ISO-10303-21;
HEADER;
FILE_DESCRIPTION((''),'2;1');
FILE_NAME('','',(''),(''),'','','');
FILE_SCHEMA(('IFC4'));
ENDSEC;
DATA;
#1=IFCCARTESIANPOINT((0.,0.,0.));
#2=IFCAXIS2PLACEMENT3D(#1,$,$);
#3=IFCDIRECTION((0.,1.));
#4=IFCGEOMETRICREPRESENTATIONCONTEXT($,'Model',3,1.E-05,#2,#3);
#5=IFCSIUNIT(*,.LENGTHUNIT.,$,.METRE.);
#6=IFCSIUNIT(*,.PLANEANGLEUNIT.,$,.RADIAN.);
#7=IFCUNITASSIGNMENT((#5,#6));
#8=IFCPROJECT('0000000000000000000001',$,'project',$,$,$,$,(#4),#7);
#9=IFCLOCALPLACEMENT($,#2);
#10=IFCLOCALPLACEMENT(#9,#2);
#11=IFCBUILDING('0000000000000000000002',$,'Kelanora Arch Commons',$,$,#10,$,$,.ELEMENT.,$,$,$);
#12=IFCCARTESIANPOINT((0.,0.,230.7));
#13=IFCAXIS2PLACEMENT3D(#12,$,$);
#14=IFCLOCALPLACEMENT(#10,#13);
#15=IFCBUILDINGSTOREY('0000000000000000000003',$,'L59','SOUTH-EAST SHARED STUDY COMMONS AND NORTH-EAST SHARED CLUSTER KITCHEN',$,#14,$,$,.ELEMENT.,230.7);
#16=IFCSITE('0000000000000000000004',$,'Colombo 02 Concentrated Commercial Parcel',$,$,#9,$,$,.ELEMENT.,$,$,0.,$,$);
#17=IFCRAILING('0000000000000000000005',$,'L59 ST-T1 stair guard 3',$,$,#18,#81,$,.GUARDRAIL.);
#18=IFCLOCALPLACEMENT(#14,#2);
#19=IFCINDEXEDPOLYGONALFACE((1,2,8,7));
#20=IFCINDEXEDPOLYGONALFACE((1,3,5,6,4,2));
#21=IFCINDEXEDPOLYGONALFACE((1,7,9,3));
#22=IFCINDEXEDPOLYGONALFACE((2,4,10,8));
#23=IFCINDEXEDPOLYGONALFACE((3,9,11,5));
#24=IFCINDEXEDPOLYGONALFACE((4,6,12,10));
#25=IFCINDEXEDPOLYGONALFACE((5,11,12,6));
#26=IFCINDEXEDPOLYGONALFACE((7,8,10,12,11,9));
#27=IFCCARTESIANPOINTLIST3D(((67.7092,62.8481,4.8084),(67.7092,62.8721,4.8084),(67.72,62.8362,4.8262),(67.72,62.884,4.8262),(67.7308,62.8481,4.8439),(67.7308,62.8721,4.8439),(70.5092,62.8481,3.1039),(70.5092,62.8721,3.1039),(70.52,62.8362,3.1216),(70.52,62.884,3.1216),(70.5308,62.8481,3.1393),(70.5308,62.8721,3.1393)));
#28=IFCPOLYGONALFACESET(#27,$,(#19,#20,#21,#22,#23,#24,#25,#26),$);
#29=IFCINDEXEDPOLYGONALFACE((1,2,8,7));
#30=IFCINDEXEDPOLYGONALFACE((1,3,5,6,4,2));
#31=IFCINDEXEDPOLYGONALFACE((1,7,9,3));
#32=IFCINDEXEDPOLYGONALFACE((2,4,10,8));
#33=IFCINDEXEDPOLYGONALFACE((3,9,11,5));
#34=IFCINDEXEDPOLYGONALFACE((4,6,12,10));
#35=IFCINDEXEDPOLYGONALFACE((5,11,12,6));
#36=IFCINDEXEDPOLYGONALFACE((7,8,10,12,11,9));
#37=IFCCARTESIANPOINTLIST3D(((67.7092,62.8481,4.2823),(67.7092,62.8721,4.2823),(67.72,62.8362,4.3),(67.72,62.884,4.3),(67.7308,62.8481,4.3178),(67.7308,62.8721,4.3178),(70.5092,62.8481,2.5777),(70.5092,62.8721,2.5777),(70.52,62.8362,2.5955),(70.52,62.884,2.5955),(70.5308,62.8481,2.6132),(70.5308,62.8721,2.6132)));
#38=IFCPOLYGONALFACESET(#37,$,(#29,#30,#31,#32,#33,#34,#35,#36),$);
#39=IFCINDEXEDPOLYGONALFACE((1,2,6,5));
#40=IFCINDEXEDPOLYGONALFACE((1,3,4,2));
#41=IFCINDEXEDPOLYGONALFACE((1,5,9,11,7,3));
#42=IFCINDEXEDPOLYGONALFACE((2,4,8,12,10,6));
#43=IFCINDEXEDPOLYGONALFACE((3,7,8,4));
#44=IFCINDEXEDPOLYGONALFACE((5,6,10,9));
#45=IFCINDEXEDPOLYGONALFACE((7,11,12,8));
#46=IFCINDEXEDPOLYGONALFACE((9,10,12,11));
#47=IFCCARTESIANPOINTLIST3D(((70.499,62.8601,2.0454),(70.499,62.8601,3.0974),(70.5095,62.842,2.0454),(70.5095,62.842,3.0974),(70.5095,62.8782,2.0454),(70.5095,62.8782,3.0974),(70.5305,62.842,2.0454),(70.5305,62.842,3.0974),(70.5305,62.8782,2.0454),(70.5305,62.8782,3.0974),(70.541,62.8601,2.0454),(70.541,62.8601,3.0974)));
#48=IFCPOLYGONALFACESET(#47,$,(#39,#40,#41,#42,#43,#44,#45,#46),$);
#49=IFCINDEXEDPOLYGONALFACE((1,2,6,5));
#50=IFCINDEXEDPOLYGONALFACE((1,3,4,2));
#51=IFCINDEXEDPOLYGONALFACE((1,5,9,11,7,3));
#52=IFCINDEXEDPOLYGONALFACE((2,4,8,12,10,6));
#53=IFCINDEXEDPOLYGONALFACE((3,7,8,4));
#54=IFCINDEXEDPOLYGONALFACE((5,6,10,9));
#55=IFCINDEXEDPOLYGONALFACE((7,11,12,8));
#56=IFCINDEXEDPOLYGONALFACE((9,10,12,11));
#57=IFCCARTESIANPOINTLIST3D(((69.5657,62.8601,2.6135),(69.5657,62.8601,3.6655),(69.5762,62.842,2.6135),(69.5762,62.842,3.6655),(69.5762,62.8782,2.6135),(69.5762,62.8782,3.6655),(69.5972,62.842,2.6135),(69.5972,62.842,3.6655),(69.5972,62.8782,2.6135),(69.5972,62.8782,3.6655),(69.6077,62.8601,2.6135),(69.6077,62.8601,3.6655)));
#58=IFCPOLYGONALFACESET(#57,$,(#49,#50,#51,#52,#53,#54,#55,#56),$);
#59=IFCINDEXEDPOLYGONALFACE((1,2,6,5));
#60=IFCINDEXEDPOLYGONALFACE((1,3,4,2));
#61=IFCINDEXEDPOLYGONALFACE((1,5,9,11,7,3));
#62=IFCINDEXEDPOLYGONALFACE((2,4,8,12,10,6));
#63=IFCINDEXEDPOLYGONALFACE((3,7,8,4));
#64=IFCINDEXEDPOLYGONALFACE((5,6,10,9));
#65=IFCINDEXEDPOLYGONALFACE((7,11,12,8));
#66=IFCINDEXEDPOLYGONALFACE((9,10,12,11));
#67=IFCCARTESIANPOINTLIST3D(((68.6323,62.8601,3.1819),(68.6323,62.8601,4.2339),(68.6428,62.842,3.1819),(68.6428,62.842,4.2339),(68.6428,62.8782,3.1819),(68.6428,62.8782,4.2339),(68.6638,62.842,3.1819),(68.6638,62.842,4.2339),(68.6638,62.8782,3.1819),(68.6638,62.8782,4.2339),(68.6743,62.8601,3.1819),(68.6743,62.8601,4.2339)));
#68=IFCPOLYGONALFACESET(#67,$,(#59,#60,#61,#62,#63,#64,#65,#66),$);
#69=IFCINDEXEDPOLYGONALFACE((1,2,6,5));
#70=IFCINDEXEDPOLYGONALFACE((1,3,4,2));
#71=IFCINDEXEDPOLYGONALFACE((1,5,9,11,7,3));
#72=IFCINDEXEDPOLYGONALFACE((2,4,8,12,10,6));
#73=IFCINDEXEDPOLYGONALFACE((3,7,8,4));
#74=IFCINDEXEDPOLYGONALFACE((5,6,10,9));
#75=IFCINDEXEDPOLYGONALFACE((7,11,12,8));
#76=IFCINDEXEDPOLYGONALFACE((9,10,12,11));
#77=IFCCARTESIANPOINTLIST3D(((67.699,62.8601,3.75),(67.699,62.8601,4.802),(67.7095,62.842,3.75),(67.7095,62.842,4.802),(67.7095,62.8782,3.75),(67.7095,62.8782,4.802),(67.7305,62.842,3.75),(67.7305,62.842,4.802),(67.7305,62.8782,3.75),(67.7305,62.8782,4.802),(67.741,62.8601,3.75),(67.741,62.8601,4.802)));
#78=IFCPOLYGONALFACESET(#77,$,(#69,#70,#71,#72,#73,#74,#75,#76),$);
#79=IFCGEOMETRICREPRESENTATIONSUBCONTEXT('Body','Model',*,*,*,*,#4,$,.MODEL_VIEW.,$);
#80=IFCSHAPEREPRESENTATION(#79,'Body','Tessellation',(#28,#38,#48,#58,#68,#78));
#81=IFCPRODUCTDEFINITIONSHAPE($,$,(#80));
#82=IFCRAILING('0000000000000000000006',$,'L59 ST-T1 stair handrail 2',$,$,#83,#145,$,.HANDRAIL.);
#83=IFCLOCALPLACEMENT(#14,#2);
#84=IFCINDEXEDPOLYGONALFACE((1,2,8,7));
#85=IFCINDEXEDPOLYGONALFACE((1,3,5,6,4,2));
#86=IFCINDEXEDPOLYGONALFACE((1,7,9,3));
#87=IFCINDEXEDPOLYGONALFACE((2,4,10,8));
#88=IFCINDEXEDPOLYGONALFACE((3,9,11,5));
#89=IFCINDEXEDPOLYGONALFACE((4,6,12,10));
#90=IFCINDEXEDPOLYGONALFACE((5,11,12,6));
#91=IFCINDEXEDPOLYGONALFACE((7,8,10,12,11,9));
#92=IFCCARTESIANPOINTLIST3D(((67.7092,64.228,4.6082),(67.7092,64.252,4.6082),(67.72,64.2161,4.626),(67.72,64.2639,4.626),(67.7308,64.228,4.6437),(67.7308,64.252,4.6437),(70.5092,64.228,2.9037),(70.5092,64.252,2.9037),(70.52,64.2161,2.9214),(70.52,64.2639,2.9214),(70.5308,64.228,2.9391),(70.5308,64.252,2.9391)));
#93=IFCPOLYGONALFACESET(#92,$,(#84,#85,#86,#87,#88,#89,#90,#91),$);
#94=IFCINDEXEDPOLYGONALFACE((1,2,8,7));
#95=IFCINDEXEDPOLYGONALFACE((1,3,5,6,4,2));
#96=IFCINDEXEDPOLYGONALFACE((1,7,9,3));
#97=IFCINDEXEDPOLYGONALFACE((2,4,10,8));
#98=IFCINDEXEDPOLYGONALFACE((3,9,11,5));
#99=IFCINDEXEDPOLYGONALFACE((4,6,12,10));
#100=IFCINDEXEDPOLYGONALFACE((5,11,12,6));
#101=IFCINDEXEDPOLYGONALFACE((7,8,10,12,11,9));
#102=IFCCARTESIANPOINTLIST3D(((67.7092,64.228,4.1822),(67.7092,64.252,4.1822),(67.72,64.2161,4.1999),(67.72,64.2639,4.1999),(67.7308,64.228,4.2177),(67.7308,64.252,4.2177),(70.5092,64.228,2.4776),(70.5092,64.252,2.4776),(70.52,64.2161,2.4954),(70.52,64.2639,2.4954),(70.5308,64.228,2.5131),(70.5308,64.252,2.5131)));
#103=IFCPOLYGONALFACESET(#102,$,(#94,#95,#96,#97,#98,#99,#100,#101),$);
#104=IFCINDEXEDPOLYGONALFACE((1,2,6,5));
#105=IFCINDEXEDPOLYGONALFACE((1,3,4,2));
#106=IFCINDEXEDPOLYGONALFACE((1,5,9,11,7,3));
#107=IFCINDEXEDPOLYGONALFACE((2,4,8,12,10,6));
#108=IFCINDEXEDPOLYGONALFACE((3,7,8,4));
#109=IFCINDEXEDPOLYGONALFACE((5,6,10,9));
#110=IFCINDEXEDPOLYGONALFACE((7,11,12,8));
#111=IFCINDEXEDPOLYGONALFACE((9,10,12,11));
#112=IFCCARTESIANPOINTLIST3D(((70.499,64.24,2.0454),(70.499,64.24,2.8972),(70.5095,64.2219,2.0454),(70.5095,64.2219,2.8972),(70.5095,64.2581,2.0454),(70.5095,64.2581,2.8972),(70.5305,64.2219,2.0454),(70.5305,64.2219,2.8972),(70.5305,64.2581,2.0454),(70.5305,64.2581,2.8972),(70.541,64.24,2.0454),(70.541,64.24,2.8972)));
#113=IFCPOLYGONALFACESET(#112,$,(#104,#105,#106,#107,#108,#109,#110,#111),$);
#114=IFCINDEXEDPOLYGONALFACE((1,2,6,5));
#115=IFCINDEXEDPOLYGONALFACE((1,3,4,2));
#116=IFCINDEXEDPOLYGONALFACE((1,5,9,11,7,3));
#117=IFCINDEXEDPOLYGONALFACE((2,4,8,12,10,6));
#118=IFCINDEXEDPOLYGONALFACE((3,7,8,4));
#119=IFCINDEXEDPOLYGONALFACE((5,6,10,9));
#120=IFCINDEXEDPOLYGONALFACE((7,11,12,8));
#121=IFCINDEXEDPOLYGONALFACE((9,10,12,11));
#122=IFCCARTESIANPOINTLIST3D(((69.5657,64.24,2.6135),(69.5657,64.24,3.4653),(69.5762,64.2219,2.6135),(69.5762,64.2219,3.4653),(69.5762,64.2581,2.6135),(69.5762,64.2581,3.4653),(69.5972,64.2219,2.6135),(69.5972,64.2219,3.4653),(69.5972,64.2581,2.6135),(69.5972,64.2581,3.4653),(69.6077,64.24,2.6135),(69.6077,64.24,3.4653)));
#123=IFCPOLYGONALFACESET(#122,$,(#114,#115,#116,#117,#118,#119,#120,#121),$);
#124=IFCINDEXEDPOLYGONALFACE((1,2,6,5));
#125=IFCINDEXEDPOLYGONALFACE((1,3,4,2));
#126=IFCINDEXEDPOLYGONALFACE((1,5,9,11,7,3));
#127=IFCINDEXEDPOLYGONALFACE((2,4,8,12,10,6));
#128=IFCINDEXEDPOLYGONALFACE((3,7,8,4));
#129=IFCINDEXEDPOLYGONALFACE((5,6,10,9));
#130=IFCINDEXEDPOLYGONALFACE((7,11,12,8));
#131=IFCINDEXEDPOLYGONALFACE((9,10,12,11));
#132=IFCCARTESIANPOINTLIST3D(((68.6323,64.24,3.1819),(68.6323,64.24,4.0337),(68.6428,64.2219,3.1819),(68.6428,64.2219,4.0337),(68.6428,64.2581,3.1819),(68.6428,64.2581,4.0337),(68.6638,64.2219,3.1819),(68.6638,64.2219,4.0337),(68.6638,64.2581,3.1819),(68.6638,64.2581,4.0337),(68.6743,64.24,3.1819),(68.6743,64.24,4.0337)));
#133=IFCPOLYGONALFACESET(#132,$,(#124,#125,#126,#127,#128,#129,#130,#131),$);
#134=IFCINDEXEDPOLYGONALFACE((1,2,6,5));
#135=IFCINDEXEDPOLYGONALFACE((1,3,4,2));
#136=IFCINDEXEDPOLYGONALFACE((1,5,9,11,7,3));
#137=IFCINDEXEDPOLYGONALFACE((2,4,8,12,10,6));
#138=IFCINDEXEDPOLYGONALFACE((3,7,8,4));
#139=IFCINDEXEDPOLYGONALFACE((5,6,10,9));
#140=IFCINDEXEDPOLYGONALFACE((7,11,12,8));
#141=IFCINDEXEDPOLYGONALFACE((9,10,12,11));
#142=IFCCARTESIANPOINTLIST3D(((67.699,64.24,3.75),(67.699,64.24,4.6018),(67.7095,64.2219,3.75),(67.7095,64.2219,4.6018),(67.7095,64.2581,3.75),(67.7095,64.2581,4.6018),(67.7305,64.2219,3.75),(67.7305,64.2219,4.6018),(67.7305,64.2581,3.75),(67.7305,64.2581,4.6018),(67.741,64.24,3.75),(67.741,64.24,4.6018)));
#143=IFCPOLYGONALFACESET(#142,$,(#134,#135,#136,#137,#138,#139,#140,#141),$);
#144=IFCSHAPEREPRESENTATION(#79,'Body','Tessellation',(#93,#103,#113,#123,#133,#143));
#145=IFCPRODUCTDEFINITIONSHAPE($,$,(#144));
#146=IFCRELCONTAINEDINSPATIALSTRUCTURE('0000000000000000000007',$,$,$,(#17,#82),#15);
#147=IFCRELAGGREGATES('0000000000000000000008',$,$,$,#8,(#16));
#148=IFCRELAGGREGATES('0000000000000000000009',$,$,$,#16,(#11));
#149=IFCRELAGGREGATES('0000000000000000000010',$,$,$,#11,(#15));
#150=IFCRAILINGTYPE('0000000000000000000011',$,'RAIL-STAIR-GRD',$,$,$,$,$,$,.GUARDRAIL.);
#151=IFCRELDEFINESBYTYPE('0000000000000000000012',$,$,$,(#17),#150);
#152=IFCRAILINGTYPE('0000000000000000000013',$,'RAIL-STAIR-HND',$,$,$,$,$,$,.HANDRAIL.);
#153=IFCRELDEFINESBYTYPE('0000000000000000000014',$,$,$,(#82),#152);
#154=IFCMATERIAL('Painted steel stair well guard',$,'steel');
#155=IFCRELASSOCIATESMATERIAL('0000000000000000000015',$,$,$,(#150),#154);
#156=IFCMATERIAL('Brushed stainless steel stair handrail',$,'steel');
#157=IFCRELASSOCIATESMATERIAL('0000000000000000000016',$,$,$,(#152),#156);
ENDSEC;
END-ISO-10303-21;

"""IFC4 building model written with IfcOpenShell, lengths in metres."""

from ifc_helpers import new_model, si_unit, direction, frame, origin, place, context, subcontext, project, spatial, polyline, outline, extrude, material, type_object, element, save


model = new_model("IFC4")

# Units and contexts
model_context = context("Model", 3, precision=1e-05, world=origin(), true_north=direction((0.0, 1.0)))
body_context = subcontext(model_context, "Body", "Model", "MODEL_VIEW")
ifc_project = project(units=[si_unit("LENGTHUNIT", "METRE"), si_unit("PLANEANGLEUNIT", "RADIAN")], contexts=[model_context])

# Site, building, storey
site_placement = place(None, origin())
site = spatial("IfcSite", under=ifc_project, at=site_placement, Name="Colombo 02 Concentrated Commercial Parcel", CompositionType="ELEMENT", RefElevation=0.0)
building_placement = place(site_placement, origin())
building = spatial("IfcBuilding", under=site, at=building_placement, Name="Kelanora Arch Commons", CompositionType="ELEMENT")
storey_placement = place(building_placement, frame((0.0, 0.0, 230.7)))
storey = spatial("IfcBuildingStorey", under=building, at=storey_placement, Name="L59", Description="SOUTH-EAST SHARED STUDY COMMONS AND NORTH-EAST SHARED CLUSTER KITCHEN", CompositionType="ELEMENT", Elevation=230.7)

# Railings
ifc_material_1 = material(Name="Painted steel stair well guard", Category="steel")
railing_type_1 = type_object("IfcRailingType", Name="RAIL-STAIR-GRD", PredefinedType="GUARDRAIL", material=ifc_material_1)
railing_1_placement = place(storey_placement, frame((70.52, 62.8601, 2.0454)))
element("IfcRailing", 1, at=railing_1_placement, inside=storey, type_object=railing_type_1, Name="L59 ST-T1 stair guard 3", PredefinedType="GUARDRAIL", context=body_context, shape_type="SweptSolid", body=[
    extrude(outline(polyline([(0.0239, 0.0), (0.012, 0.0208), (-0.012, 0.0208), (-0.0239, 0.0), (-0.012, -0.0208), (0.012, -0.0208), (0.0239, 0.0)])), frame((0.0, 0.0, 1.0762), z_axis=(-0.85417, 0.0, 0.519994), x_axis=(0.0, -1.0, 0.0)), (0.0, 0.0, 1.0), 3.2781),
    extrude(outline(polyline([(0.0239, 0.0), (0.012, 0.0208), (-0.012, 0.0208), (-0.0239, 0.0), (-0.012, -0.0208), (0.012, -0.0208), (0.0239, 0.0)])), frame((0.0, 0.0, 0.55), z_axis=(-0.85417, 0.0, 0.519994), x_axis=(0.0, -1.0, 0.0)), (0.0, 0.0, 1.0), 3.2781),
    extrude(outline(polyline([(0.021, 0.0), (0.0105, 0.0181), (-0.0105, 0.0181), (-0.021, 0.0), (-0.0105, -0.0181), (0.0105, -0.0181), (0.021, 0.0)])), origin(), (0.0, 0.0, 1.0), 1.052),
    extrude(outline(polyline([(0.021, 0.0), (0.0105, 0.0181), (-0.0105, 0.0181), (-0.021, 0.0), (-0.0105, -0.0181), (0.0105, -0.0181), (0.021, 0.0)])), frame((-0.9333, 0.0, 0.5681)), (0.0, 0.0, 1.0), 1.052),
    extrude(outline(polyline([(0.021, 0.0), (0.0105, 0.0181), (-0.0105, 0.0181), (-0.021, 0.0), (-0.0105, -0.0181), (0.0105, -0.0181), (0.021, 0.0)])), frame((-1.8667, 0.0, 1.1365)), (0.0, 0.0, 1.0), 1.052),
    extrude(outline(polyline([(0.021, 0.0), (0.0105, 0.0181), (-0.0105, 0.0181), (-0.021, 0.0), (-0.0105, -0.0181), (0.0105, -0.0181), (0.021, 0.0)])), frame((-2.8, 0.0, 1.7046)), (0.0, 0.0, 1.0), 1.052),
])
ifc_material_2 = material(Name="Brushed stainless steel stair handrail", Category="steel")
railing_type_2 = type_object("IfcRailingType", Name="RAIL-STAIR-HND", PredefinedType="HANDRAIL", material=ifc_material_2)
railing_2_placement = place(storey_placement, frame((70.52, 64.24, 2.0454)))
element("IfcRailing", 2, at=railing_2_placement, inside=storey, type_object=railing_type_2, Name="L59 ST-T1 stair handrail 2", PredefinedType="HANDRAIL", context=body_context, shape_type="SweptSolid", body=[
    extrude(outline(polyline([(0.0239, 0.0), (0.012, 0.0208), (-0.012, 0.0208), (-0.0239, 0.0), (-0.012, -0.0208), (0.012, -0.0208), (0.0239, 0.0)])), frame((0.0, 0.0, 0.876), z_axis=(-0.85417, 0.0, 0.519994), x_axis=(0.0, -1.0, 0.0)), (0.0, 0.0, 1.0), 3.2781),
    extrude(outline(polyline([(0.0239, 0.0), (0.012, 0.0208), (-0.012, 0.0208), (-0.0239, 0.0), (-0.012, -0.0208), (0.012, -0.0208), (0.0239, 0.0)])), frame((0.0, 0.0, 0.45), z_axis=(-0.85417, 0.0, 0.519994), x_axis=(0.0, -1.0, 0.0)), (0.0, 0.0, 1.0), 3.2781),
    extrude(outline(polyline([(0.021, 0.0), (0.0105, 0.0181), (-0.0105, 0.0181), (-0.021, 0.0), (-0.0105, -0.0181), (0.0105, -0.0181), (0.021, 0.0)])), origin(), (0.0, 0.0, 1.0), 0.8518),
    extrude(outline(polyline([(0.021, 0.0), (0.0105, 0.0181), (-0.0105, 0.0181), (-0.021, 0.0), (-0.0105, -0.0181), (0.0105, -0.0181), (0.021, 0.0)])), frame((-0.9333, 0.0, 0.5681)), (0.0, 0.0, 1.0), 0.8518),
    extrude(outline(polyline([(0.021, 0.0), (0.0105, 0.0181), (-0.0105, 0.0181), (-0.021, 0.0), (-0.0105, -0.0181), (0.0105, -0.0181), (0.021, 0.0)])), frame((-1.8667, 0.0, 1.1365)), (0.0, 0.0, 1.0), 0.8518),
    extrude(outline(polyline([(0.021, 0.0), (0.0105, 0.0181), (-0.0105, 0.0181), (-0.021, 0.0), (-0.0105, -0.0181), (0.0105, -0.0181), (0.021, 0.0)])), frame((-2.8, 0.0, 1.7046)), (0.0, 0.0, 1.0), 0.8518),
])

save(model, "model.ifc")
